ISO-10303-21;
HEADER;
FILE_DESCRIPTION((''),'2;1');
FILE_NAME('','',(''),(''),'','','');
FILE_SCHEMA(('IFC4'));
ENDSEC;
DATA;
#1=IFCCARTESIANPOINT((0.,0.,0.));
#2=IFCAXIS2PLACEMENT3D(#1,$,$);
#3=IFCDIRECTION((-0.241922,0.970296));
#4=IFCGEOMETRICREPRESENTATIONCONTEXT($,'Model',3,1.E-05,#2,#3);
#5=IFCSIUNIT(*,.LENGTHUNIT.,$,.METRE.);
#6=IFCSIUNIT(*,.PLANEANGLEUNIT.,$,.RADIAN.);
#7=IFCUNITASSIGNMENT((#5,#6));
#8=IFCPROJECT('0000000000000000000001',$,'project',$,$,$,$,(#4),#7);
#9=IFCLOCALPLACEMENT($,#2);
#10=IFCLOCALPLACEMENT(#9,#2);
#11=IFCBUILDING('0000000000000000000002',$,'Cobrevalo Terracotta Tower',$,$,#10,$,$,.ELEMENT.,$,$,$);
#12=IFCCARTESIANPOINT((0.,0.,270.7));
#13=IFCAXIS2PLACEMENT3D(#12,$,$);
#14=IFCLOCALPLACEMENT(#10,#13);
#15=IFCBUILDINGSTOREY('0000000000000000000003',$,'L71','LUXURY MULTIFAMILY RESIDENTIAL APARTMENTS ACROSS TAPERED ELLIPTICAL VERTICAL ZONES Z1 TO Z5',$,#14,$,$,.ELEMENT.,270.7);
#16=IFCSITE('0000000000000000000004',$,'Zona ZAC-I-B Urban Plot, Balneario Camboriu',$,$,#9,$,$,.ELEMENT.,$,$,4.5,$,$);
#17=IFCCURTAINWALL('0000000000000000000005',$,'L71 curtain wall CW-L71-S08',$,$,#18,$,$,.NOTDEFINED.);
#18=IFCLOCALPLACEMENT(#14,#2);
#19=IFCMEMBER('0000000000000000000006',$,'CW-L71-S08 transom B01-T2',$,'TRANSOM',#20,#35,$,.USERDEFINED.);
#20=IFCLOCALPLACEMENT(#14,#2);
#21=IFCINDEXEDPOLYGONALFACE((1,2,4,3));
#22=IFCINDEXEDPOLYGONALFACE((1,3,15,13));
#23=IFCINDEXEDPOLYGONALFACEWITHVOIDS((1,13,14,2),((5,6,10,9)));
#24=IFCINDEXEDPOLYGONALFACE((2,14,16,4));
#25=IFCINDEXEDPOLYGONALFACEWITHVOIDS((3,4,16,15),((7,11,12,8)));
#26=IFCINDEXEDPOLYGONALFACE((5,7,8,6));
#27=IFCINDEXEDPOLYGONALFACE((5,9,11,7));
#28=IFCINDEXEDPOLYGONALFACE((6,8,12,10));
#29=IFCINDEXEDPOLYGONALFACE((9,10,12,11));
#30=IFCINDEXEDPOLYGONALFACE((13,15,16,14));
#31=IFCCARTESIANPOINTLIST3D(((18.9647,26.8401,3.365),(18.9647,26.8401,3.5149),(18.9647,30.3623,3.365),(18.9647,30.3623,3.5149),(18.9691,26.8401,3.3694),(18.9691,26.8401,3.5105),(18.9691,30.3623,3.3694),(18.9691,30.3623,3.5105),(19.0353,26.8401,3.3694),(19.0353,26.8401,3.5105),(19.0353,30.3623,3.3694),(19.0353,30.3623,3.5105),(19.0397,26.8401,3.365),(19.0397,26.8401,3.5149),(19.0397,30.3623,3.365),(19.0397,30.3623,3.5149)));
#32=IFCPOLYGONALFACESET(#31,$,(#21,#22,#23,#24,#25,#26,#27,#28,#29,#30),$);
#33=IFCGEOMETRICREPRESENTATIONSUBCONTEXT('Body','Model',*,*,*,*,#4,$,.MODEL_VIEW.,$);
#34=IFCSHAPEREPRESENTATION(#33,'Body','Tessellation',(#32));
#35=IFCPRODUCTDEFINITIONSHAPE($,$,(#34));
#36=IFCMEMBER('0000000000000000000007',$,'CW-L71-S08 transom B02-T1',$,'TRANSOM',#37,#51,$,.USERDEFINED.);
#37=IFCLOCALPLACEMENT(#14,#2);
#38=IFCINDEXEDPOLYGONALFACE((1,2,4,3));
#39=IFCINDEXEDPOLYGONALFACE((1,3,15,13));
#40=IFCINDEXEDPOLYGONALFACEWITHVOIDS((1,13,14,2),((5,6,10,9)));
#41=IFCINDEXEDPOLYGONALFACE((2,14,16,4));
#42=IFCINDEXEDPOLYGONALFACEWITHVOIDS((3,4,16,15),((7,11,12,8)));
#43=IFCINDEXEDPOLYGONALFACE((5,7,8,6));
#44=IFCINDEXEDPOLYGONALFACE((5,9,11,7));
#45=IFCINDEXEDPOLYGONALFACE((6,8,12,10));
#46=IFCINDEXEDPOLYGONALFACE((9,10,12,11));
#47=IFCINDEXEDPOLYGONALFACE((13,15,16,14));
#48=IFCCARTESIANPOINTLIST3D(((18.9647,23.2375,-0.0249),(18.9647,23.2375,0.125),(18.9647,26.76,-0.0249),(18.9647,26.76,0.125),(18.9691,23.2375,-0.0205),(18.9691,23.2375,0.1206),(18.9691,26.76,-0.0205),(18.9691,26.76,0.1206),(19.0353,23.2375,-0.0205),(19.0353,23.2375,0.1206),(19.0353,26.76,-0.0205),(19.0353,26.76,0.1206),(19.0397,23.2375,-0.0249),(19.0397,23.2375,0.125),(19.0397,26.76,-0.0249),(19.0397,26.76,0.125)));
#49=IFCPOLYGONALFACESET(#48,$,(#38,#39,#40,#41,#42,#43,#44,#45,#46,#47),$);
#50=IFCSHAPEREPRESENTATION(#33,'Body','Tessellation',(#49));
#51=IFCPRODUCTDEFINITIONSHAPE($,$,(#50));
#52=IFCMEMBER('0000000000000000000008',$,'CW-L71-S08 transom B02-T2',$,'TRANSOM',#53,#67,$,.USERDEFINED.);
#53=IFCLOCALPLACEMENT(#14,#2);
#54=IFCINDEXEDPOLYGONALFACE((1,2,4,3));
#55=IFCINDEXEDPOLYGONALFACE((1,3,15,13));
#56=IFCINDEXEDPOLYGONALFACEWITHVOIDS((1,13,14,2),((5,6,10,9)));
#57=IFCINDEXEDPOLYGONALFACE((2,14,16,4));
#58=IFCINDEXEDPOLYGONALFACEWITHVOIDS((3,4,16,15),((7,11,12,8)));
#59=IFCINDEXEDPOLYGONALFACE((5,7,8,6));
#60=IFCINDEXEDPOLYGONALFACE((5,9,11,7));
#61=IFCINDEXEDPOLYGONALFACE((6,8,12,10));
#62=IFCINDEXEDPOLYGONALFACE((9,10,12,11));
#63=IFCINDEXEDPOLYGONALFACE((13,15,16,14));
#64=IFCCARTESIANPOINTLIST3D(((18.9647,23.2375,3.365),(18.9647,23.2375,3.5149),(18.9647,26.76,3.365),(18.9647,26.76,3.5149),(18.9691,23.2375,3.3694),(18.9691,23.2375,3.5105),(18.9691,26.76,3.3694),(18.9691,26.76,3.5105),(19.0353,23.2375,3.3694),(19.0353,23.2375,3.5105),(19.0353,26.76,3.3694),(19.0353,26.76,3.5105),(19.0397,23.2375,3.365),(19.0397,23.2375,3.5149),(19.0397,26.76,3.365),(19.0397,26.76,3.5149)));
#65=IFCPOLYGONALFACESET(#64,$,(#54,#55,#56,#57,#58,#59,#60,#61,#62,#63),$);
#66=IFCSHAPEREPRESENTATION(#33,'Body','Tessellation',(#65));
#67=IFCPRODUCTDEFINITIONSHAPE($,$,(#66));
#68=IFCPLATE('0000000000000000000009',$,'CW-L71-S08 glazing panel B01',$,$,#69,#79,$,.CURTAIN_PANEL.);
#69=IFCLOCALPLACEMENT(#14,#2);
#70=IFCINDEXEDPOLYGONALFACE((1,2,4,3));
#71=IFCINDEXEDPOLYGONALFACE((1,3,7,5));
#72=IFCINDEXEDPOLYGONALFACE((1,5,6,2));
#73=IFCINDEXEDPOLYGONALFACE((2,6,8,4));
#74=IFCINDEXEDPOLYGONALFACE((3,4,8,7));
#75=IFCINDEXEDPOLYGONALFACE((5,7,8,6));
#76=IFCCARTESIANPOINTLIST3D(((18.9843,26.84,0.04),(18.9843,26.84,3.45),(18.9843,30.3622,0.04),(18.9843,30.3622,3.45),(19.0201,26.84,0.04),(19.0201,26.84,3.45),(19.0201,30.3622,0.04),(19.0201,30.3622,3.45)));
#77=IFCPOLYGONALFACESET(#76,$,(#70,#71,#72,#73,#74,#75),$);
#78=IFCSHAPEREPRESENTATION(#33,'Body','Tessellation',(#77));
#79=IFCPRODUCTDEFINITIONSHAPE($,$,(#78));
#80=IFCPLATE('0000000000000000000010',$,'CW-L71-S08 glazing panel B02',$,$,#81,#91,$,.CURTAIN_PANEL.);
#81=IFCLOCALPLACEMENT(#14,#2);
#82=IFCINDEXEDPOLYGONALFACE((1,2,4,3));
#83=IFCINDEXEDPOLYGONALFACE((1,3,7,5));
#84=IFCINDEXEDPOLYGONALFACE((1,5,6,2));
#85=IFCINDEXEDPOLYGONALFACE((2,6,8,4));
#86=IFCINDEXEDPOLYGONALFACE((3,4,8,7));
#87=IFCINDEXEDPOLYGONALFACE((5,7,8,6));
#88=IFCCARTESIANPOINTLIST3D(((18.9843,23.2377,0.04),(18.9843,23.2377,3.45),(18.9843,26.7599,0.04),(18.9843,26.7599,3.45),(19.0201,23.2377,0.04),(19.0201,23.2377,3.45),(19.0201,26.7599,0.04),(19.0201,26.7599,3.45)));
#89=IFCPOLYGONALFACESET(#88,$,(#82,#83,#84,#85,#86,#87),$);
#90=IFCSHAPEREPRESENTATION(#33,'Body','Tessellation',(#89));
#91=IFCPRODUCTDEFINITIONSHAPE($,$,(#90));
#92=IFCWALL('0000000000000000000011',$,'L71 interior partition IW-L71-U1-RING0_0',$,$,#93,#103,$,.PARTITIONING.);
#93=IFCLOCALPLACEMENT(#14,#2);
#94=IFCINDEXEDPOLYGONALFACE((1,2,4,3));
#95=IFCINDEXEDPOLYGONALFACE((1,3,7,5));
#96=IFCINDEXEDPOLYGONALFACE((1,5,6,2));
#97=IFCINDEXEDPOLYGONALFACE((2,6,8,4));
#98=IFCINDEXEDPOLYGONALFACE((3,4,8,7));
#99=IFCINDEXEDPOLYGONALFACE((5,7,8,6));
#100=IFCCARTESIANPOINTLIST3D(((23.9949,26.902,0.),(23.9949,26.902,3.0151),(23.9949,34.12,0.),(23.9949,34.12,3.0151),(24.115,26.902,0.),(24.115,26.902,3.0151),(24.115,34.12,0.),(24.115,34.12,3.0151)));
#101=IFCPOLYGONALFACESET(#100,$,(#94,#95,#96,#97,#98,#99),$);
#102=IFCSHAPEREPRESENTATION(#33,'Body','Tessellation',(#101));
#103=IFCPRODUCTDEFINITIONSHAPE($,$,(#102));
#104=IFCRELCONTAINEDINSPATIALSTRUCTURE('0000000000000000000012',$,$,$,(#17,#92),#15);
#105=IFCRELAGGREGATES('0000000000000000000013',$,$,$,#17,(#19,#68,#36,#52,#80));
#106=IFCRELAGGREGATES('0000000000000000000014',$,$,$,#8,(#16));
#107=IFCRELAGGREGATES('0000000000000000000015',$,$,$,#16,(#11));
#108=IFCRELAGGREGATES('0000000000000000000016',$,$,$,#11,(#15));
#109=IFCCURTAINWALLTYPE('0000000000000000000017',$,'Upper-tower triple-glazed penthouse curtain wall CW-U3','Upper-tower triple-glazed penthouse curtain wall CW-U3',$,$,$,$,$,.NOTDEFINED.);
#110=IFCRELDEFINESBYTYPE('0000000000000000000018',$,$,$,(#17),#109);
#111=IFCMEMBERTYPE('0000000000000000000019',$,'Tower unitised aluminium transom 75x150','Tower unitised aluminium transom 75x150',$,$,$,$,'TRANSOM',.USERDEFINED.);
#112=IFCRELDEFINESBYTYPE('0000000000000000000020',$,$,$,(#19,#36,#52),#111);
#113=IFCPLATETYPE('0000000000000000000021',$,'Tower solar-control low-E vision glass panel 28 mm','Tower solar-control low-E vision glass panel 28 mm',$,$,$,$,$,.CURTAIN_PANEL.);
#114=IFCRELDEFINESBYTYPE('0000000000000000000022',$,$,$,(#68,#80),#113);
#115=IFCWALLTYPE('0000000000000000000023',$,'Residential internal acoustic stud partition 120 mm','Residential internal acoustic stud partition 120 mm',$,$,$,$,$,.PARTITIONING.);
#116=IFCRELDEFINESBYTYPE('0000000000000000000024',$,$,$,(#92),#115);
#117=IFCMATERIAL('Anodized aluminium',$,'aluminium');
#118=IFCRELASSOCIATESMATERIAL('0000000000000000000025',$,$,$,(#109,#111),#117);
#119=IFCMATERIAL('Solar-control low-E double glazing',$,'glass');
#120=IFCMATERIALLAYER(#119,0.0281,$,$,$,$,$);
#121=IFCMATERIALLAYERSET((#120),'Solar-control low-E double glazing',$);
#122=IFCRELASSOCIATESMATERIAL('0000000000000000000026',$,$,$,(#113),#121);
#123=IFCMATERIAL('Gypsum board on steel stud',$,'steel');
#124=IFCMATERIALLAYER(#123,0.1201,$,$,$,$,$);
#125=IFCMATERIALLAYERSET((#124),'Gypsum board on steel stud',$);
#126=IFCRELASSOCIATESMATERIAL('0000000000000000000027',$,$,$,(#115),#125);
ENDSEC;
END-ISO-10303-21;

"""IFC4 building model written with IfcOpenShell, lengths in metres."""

from ifc_helpers import new_model, si_unit, direction, frame, frame_2d, origin, origin_2d, place, context, subcontext, project, spatial, rectangle, hollow_rectangle, extrude, source, transform, mapped, material, layer, layer_set, material_profile, profile_set, type_object, element, aggregate, save


model = new_model("IFC4")

# Units and contexts
model_context = context("Model", 3, precision=1e-05, world=origin(), true_north=direction((-0.241922, 0.970296)))
body_context = subcontext(model_context, "Body", "Model", "MODEL_VIEW")
ifc_project = project(units=[si_unit("LENGTHUNIT", "METRE"), si_unit("PLANEANGLEUNIT", "RADIAN")], contexts=[model_context])

# Site, building, storey
site_placement = place(None, origin())
site = spatial("IfcSite", under=ifc_project, at=site_placement, Name="Zona ZAC-I-B Urban Plot, Balneario Camboriu", CompositionType="ELEMENT", RefElevation=4.5)
building_placement = place(site_placement, origin())
building = spatial("IfcBuilding", under=site, at=building_placement, Name="Cobrevalo Terracotta Tower", CompositionType="ELEMENT")
storey_placement = place(building_placement, frame((0.0, 0.0, 270.7)))
storey = spatial("IfcBuildingStorey", under=building, at=storey_placement, Name="L71", Description="LUXURY MULTIFAMILY RESIDENTIAL APARTMENTS ACROSS TAPERED ELLIPTICAL VERTICAL ZONES Z1 TO Z5", CompositionType="ELEMENT", Elevation=270.7)

# Curtain wall
ifc_material_1 = material(Name="Anodized aluminium", Category="aluminium")
curtain_wall_type = type_object("IfcCurtainWallType", Name="Upper-tower triple-glazed penthouse curtain wall CW-U3", Description="Upper-tower triple-glazed penthouse curtain wall CW-U3", PredefinedType="NOTDEFINED", material=ifc_material_1)
curtain_wall_1_placement = place(storey_placement, origin())
curtain_wall_1 = element("IfcCurtainWall", 1, at=curtain_wall_1_placement, inside=storey, type_object=curtain_wall_type, Name="L71 curtain wall CW-L71-S08", PredefinedType="NOTDEFINED")

# Members
ifc_material_profile_1 = material_profile(ifc_material_1, hollow_rectangle(XDim=0.075, YDim=0.1499, WallThickness=0.0044, at=origin_2d()), Name="CWT 75x150")
ifc_profile_set_1 = profile_set([ifc_material_profile_1], Name="Anodized aluminium")
member_type_1 = type_object("IfcMemberType", Name="Tower unitised aluminium transom 75x150", Description="Tower unitised aluminium transom 75x150", ElementType="TRANSOM", PredefinedType="USERDEFINED", material=ifc_profile_set_1)
shared_shape_1 = source(origin(), body_context, "Body", "SweptSolid", [
    extrude(hollow_rectangle(XDim=0.075, YDim=0.1499, WallThickness=0.0044, at=origin_2d()), origin(), (0.0, 0.0, 1.0), 3.5222),
])
member_1_placement = place(storey_placement, frame((19.0022, 30.3623, 3.4399), z_axis=(0.0, -1.0, 0.0), x_axis=(1.0, 0.0, 0.0)))
member_1 = element("IfcMember", 2, at=member_1_placement, type_object=member_type_1, Name="CW-L71-S08 transom B01-T2", ObjectType="TRANSOM", PredefinedType="USERDEFINED", context=body_context, shape_type="MappedRepresentation", body=[
    mapped(shared_shape_1, transform((0.0, 0.0, 0.0), scale=1.0)),
])
shared_shape_2 = source(origin(), body_context, "Body", "SweptSolid", [
    extrude(hollow_rectangle(XDim=0.075, YDim=0.1499, WallThickness=0.0044, at=origin_2d()), origin(), (0.0, 0.0, 1.0), 3.5225),
])
member_2_placement = place(storey_placement, frame((19.0022, 26.76, 0.05), z_axis=(0.0, -1.0, 0.0), x_axis=(1.0, 0.0, 0.0)))
member_2 = element("IfcMember", 3, at=member_2_placement, type_object=member_type_1, Name="CW-L71-S08 transom B02-T1", ObjectType="TRANSOM", PredefinedType="USERDEFINED", context=body_context, shape_type="MappedRepresentation", body=[
    mapped(shared_shape_2, transform((0.0, 0.0, 0.0), scale=1.0)),
])
member_3_placement = place(storey_placement, frame((19.0022, 26.76, 3.4399), z_axis=(0.0, -1.0, 0.0), x_axis=(1.0, 0.0, 0.0)))
member_3 = element("IfcMember", 4, at=member_3_placement, type_object=member_type_1, Name="CW-L71-S08 transom B02-T2", ObjectType="TRANSOM", PredefinedType="USERDEFINED", context=body_context, shape_type="MappedRepresentation", body=[
    mapped(shared_shape_2, transform((0.0, 0.0, 0.0), scale=1.0)),
])

# Plates
ifc_material_2 = material(Name="Solar-control low-E double glazing", Category="glass")
ifc_layer_1 = layer(ifc_material_2, 0.0281)
ifc_layer_set_1 = layer_set([ifc_layer_1], Name="Solar-control low-E double glazing")
plate_type = type_object("IfcPlateType", Name="Tower solar-control low-E vision glass panel 28 mm", Description="Tower solar-control low-E vision glass panel 28 mm", PredefinedType="CURTAIN_PANEL", material=ifc_layer_set_1)
shared_shape_3 = source(origin(), body_context, "Body", "SweptSolid", [
    extrude(rectangle(XDim=3.5222, YDim=0.0359, at=origin_2d()), origin(), (0.0, 0.0, 1.0), 3.4099),
])
plate_1_placement = place(storey_placement, frame((19.0022, 28.6011, 0.04), z_axis=(0.0, 0.0, 1.0), x_axis=(0.0, -1.0, 0.0)))
plate_1 = element("IfcPlate", 5, at=plate_1_placement, type_object=plate_type, Name="CW-L71-S08 glazing panel B01", PredefinedType="CURTAIN_PANEL", context=body_context, shape_type="MappedRepresentation", body=[
    mapped(shared_shape_3, transform((0.0, 0.0, 0.0), scale=1.0)),
])
plate_2_placement = place(storey_placement, frame((19.0022, 24.9988, 0.04), z_axis=(0.0, 0.0, 1.0), x_axis=(0.0, -1.0, 0.0)))
plate_2 = element("IfcPlate", 6, at=plate_2_placement, type_object=plate_type, Name="CW-L71-S08 glazing panel B02", PredefinedType="CURTAIN_PANEL", context=body_context, shape_type="MappedRepresentation", body=[
    mapped(shared_shape_3, transform((0.0, 0.0, 0.0), scale=1.0)),
])
aggregate(curtain_wall_1, [member_1, plate_1, member_2, member_3, plate_2])

# Wall
ifc_material_3 = material(Name="Gypsum board on steel stud", Category="steel")
ifc_layer_2 = layer(ifc_material_3, 0.1201)
ifc_layer_set_2 = layer_set([ifc_layer_2], Name="Gypsum board on steel stud")
wall_type = type_object("IfcWallType", Name="Residential internal acoustic stud partition 120 mm", Description="Residential internal acoustic stud partition 120 mm", PredefinedType="PARTITIONING", material=ifc_layer_set_2)
wall_placement = place(storey_placement, frame((24.0549, 26.9021, 0.0), z_axis=(0.0, 0.0, 1.0), x_axis=(0.0, 1.0, 0.0)))
element("IfcWall", 7, at=wall_placement, inside=storey, type_object=wall_type, Name="L71 interior partition IW-L71-U1-RING0_0", PredefinedType="PARTITIONING", context=body_context, shape_type="SweptSolid", body=[
    extrude(rectangle(XDim=7.218, YDim=0.1201, at=frame_2d((3.6089, 0.0))), origin(), (0.0, 0.0, 1.0), 3.0151),
])

save(model, "model.ifc")
